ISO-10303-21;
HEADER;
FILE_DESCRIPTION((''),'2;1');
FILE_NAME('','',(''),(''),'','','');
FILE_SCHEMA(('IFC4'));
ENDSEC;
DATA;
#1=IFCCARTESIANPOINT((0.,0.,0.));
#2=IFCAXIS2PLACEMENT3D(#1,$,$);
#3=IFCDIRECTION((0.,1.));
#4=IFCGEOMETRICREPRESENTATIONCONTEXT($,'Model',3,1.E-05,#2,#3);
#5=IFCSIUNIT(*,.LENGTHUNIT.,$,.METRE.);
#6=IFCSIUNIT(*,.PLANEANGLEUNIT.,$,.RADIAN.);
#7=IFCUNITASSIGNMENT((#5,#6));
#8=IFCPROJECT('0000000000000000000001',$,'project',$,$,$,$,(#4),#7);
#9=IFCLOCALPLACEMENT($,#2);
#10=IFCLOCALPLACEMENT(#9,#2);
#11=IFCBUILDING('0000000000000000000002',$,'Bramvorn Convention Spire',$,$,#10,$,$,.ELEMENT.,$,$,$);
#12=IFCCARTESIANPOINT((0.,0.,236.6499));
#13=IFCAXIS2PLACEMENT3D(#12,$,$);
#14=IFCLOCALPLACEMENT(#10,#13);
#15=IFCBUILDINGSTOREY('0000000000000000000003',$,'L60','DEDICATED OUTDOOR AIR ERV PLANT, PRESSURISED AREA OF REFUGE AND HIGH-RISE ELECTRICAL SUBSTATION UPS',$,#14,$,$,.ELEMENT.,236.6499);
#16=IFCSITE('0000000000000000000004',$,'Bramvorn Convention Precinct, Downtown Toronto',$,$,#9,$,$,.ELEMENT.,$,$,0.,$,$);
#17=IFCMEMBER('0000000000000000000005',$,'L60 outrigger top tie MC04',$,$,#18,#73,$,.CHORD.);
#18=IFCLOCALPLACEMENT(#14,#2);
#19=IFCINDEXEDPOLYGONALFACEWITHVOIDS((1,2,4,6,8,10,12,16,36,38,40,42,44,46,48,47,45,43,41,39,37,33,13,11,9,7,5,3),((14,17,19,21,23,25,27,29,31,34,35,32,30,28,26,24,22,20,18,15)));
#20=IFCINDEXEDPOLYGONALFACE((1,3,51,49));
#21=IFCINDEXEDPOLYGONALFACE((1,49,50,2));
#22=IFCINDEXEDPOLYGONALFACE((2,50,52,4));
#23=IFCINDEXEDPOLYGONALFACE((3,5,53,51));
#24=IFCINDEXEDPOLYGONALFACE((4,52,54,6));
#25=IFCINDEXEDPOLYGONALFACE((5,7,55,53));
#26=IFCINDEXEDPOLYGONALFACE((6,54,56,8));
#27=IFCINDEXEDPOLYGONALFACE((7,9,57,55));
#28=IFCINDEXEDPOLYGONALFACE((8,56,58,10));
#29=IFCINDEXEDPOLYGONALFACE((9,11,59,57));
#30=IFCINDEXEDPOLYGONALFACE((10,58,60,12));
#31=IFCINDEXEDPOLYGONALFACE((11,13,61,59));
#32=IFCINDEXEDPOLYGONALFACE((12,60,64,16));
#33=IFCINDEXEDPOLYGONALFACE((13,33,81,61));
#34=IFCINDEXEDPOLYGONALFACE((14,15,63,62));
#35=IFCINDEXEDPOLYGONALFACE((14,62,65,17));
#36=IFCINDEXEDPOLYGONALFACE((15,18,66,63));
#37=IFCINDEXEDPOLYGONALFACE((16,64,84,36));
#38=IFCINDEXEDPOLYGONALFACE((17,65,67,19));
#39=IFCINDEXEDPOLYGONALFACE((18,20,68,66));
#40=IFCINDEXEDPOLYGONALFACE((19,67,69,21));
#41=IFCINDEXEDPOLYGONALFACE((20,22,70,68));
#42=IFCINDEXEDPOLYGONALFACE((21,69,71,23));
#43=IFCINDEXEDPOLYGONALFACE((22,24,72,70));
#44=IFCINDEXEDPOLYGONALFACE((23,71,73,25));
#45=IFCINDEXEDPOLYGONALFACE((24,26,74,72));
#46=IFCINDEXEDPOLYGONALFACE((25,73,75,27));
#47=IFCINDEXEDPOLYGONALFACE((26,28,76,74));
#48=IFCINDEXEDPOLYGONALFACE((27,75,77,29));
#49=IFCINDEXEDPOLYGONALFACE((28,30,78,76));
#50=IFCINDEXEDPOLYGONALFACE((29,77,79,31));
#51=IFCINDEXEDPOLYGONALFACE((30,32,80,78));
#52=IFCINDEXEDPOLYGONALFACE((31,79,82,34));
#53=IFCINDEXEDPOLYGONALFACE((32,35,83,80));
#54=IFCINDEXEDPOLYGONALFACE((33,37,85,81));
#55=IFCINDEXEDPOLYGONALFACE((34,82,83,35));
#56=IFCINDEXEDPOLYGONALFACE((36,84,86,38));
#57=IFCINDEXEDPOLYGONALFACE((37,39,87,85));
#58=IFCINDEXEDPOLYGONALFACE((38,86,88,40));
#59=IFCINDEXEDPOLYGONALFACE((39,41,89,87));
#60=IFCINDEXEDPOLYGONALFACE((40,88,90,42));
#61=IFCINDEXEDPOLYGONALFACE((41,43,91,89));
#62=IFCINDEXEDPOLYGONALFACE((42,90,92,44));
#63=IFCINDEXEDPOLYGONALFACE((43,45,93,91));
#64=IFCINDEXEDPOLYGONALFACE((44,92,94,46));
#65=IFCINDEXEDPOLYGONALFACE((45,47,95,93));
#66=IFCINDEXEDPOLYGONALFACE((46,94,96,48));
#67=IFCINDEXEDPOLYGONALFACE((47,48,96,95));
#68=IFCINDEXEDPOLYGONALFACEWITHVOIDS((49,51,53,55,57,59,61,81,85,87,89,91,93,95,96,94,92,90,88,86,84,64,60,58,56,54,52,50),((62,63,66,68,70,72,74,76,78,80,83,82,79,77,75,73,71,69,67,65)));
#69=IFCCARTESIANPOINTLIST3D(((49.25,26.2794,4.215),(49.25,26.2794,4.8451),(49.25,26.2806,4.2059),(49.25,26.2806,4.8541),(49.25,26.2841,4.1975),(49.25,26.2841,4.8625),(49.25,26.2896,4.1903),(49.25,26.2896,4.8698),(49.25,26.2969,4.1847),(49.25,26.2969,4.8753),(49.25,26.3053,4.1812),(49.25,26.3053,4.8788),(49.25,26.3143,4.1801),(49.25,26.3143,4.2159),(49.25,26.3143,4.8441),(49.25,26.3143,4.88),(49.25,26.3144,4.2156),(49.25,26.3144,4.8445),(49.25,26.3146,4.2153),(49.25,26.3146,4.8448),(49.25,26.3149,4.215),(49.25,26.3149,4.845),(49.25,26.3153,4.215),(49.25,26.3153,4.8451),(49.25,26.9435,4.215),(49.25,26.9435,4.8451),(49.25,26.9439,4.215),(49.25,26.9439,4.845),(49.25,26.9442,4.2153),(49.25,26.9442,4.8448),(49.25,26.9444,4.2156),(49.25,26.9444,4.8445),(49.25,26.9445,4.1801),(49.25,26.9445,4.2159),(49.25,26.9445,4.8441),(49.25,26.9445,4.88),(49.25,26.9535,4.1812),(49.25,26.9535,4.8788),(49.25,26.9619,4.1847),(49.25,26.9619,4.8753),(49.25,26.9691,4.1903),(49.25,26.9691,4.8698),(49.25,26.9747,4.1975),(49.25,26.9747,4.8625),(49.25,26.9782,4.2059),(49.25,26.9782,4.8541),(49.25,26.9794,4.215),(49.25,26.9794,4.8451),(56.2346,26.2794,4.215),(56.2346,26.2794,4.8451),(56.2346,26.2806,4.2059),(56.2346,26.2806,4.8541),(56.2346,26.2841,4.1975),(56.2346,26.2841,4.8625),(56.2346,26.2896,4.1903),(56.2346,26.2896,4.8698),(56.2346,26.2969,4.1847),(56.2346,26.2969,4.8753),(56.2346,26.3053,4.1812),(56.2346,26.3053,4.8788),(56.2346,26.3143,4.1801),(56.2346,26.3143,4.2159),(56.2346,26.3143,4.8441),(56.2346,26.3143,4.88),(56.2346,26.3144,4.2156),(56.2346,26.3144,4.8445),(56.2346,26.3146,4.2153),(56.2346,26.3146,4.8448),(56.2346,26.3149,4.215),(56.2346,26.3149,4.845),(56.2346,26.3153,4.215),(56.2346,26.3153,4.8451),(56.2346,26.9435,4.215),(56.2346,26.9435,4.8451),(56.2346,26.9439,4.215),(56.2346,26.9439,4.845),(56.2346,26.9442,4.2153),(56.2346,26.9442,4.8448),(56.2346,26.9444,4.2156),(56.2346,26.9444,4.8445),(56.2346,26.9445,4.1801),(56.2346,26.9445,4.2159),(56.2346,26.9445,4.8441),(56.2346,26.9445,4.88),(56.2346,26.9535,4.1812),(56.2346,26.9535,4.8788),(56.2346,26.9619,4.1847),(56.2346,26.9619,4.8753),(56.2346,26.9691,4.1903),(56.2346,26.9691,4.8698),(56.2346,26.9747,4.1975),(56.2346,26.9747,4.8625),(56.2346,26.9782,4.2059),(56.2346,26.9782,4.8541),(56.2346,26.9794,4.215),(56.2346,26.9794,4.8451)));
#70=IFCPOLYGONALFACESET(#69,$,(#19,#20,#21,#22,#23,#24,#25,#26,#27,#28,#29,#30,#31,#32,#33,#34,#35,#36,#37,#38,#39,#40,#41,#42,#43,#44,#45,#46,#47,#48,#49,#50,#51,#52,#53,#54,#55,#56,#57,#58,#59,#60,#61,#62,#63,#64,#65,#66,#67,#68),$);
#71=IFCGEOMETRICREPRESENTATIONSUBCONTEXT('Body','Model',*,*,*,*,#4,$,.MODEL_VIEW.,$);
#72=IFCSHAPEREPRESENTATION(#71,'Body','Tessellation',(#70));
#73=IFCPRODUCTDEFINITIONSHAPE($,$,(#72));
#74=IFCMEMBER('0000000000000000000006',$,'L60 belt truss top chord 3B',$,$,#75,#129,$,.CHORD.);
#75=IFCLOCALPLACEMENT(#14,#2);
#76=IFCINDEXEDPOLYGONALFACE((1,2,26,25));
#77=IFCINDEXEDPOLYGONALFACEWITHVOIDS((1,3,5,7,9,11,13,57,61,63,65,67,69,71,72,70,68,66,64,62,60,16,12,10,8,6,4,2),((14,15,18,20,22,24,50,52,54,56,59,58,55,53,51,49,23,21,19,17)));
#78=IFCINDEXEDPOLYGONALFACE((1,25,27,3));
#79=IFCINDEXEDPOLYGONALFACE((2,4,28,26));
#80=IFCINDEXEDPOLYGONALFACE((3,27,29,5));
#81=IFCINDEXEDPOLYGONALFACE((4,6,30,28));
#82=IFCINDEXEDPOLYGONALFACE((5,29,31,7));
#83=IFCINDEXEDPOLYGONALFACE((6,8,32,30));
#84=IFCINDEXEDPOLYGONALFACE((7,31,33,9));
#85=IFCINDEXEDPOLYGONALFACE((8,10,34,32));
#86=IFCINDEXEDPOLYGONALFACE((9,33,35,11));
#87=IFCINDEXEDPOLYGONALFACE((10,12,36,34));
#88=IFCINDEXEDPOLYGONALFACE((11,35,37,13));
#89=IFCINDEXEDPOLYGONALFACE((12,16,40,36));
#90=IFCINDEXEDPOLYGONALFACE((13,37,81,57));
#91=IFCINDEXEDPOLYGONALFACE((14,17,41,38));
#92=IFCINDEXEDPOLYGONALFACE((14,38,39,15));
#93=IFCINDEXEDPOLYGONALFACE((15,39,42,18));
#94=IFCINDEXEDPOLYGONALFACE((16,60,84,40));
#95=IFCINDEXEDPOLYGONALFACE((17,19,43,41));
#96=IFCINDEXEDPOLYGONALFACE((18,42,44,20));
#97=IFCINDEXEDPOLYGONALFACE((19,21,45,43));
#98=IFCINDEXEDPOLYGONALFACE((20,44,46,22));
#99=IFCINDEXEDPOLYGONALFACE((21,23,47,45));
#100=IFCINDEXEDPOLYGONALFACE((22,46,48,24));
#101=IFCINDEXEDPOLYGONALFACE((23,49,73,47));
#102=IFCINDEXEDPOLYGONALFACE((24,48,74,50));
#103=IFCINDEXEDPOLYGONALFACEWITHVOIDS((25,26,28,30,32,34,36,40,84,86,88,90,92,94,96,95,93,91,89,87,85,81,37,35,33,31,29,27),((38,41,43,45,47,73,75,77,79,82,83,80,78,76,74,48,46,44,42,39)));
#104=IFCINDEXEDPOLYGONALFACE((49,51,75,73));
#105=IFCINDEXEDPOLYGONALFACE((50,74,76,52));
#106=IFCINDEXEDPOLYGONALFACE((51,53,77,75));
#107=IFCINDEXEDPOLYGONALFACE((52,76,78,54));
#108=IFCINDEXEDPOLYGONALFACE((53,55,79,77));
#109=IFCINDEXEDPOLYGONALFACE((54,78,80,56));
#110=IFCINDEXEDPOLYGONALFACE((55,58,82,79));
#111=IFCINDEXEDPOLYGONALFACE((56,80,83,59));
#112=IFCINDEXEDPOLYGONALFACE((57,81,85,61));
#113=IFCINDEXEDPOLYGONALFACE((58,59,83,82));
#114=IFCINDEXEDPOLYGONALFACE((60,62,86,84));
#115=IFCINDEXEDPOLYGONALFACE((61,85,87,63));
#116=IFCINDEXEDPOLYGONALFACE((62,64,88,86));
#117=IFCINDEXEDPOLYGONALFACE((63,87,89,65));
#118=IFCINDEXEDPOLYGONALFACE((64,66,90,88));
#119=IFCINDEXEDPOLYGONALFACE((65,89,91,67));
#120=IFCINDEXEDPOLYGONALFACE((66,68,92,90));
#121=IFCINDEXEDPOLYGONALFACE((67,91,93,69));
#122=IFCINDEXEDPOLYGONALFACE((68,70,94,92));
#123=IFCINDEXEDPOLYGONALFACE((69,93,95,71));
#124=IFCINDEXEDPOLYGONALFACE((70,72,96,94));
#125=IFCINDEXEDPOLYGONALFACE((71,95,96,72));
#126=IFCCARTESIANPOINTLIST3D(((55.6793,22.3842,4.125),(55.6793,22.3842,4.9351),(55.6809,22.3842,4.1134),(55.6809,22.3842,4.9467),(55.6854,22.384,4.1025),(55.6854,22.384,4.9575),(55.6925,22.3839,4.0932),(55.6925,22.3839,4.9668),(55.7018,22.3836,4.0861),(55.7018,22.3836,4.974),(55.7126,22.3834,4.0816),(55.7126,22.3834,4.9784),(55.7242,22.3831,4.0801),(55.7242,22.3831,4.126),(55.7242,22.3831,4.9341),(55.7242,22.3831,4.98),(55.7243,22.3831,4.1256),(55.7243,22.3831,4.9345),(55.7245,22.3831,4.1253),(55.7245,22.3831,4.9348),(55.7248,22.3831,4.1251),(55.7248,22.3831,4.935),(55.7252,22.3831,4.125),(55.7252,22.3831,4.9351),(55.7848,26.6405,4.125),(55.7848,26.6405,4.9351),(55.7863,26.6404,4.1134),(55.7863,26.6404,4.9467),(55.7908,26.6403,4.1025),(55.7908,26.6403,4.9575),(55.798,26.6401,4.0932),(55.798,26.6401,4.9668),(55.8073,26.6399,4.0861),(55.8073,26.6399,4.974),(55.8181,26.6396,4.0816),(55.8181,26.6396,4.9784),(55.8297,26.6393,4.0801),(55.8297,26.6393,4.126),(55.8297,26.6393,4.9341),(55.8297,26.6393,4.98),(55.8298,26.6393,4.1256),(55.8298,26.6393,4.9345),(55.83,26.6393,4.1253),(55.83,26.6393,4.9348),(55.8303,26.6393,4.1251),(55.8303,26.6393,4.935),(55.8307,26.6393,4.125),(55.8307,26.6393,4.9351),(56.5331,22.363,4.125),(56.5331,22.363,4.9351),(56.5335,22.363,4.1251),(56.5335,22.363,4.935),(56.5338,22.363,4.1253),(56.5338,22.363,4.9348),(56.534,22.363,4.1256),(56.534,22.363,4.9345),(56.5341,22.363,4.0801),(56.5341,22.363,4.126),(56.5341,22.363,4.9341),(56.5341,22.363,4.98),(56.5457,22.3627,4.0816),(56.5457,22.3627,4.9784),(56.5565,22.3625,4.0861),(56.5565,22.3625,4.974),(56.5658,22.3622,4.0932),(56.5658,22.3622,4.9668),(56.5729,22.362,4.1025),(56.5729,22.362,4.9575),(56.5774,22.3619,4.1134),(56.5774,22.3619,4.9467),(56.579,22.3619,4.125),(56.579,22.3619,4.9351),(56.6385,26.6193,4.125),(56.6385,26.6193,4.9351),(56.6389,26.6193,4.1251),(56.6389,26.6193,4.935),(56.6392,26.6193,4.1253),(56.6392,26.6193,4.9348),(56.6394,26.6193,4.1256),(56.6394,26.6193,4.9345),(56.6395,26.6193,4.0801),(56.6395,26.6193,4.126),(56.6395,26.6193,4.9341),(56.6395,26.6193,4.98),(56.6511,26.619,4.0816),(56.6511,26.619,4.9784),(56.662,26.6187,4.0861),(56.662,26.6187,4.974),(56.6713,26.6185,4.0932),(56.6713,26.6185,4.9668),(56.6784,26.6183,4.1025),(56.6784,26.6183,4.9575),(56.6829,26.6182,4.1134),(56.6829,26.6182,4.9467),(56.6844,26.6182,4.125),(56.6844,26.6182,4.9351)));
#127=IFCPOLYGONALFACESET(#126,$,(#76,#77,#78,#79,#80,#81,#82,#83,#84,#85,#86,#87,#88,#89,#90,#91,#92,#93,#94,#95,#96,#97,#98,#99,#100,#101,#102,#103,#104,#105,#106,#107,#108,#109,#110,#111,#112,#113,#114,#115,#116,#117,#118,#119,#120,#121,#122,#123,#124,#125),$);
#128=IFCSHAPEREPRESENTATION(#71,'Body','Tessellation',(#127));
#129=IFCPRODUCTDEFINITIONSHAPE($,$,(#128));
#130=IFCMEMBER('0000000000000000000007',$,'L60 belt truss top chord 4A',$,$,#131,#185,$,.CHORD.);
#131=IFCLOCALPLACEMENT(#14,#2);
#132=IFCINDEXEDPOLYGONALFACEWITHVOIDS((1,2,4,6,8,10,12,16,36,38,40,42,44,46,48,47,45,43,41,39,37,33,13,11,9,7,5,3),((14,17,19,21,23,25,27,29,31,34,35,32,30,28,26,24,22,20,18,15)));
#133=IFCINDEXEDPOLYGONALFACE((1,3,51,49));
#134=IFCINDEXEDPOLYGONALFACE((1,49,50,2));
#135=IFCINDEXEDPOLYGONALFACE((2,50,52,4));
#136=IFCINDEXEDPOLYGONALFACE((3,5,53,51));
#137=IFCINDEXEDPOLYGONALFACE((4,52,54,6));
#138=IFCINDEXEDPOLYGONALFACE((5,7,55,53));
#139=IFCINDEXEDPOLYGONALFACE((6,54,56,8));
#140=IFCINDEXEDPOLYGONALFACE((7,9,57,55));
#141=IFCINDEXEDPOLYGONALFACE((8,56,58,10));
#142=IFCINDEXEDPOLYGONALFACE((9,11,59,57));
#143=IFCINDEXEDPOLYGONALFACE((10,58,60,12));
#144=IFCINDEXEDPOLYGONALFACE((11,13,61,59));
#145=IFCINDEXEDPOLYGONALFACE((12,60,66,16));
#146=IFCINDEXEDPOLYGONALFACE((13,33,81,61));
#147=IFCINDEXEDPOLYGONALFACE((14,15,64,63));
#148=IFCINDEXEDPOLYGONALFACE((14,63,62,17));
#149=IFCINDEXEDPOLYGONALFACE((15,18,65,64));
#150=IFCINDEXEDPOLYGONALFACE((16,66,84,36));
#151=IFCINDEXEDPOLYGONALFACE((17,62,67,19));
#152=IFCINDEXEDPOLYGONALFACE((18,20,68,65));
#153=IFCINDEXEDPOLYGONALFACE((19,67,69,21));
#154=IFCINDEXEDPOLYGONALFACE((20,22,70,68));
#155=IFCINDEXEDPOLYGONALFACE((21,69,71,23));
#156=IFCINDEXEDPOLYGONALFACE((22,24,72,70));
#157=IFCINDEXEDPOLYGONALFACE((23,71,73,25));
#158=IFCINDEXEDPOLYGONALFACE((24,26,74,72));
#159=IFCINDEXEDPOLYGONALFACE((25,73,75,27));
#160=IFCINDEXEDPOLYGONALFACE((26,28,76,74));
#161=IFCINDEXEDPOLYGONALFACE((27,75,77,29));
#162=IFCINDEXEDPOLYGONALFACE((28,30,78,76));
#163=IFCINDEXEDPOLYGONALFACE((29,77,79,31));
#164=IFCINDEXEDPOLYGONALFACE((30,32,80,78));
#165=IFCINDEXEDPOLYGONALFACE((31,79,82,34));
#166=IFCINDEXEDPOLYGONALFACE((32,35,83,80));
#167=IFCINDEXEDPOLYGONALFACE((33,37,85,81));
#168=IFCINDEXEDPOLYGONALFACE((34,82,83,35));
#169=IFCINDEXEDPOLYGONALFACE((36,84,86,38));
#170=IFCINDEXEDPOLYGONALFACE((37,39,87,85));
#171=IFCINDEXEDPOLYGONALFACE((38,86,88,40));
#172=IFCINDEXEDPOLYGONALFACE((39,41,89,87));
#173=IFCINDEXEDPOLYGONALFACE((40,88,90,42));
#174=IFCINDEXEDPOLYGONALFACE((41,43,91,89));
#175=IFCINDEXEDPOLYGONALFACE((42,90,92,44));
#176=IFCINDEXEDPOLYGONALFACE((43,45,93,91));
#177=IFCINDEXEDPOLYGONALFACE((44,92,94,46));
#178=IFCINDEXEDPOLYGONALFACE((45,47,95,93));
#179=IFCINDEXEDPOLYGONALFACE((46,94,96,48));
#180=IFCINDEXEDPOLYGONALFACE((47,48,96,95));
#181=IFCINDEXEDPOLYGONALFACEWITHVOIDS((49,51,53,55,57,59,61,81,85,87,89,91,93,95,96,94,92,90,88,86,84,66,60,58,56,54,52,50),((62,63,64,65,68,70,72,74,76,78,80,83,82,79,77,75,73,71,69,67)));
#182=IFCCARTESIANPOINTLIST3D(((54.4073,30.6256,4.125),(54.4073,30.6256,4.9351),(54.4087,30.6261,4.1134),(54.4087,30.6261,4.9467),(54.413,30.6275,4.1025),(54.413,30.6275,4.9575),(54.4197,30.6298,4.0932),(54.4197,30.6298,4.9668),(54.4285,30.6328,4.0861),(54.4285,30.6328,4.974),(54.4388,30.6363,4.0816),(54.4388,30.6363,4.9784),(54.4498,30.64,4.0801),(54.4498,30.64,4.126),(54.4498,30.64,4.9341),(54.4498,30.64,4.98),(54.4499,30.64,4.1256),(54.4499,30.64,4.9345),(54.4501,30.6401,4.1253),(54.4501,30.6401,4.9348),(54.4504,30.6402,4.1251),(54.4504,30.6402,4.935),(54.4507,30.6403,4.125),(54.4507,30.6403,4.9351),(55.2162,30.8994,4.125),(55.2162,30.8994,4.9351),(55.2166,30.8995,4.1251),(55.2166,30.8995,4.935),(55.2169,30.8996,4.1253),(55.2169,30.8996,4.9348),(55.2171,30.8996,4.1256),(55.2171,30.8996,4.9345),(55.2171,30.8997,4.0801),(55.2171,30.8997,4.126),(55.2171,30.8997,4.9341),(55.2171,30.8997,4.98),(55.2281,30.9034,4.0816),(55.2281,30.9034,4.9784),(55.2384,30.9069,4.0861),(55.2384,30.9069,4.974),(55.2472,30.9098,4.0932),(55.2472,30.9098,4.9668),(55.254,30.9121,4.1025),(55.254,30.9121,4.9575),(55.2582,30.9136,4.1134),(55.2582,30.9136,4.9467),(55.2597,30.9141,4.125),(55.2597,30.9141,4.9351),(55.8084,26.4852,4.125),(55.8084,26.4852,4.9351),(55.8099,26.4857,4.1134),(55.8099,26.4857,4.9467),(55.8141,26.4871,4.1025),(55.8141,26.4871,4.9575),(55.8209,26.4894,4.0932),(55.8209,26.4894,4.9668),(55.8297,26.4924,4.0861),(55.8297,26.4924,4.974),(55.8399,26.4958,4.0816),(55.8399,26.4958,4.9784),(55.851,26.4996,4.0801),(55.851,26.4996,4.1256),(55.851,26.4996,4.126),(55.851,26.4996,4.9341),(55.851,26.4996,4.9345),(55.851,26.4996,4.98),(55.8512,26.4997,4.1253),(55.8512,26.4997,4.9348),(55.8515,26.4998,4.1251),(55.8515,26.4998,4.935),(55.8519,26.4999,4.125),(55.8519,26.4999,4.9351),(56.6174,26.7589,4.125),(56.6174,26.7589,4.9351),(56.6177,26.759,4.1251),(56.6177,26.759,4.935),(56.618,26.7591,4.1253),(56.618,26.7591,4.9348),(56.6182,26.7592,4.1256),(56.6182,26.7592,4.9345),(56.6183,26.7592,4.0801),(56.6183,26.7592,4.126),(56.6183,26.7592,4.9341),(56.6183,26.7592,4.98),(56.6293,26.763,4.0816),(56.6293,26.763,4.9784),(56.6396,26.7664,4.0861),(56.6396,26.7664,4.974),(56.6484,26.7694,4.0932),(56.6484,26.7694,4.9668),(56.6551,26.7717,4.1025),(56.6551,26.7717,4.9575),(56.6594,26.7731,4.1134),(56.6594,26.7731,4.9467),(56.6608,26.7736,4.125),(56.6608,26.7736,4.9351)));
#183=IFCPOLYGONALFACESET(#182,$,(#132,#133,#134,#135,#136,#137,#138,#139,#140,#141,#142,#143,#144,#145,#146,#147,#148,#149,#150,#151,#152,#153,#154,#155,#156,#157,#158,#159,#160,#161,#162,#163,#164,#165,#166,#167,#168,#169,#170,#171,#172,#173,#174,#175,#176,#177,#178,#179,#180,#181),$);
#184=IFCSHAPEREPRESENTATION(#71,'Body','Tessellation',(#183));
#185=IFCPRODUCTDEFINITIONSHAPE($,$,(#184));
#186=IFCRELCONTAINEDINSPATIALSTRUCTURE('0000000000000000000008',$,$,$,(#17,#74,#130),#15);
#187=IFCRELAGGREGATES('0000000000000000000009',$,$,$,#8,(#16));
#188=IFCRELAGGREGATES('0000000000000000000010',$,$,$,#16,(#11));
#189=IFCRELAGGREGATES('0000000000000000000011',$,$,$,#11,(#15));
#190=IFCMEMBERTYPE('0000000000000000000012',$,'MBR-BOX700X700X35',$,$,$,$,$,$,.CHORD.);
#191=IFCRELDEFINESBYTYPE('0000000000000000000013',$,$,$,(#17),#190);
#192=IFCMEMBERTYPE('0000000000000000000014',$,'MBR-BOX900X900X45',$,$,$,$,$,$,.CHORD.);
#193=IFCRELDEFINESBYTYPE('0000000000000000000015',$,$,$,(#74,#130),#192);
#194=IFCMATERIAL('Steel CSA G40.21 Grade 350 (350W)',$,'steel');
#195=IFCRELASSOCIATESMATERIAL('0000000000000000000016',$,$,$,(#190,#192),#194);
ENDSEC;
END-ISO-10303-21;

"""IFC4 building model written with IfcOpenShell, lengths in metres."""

from ifc_helpers import new_model, si_unit, direction, frame, origin, origin_2d, place, context, subcontext, project, spatial, hollow_rectangle, extrude, material, material_profile, profile_set, type_object, element, save


model = new_model("IFC4")

# Units and contexts
model_context = context("Model", 3, precision=1e-05, world=origin(), true_north=direction((0.0, 1.0)))
body_context = subcontext(model_context, "Body", "Model", "MODEL_VIEW")
ifc_project = project(units=[si_unit("LENGTHUNIT", "METRE"), si_unit("PLANEANGLEUNIT", "RADIAN")], contexts=[model_context])

# Site, building, storey
site_placement = place(None, origin())
site = spatial("IfcSite", under=ifc_project, at=site_placement, Name="Bramvorn Convention Precinct, Downtown Toronto", CompositionType="ELEMENT", RefElevation=0.0)
building_placement = place(site_placement, origin())
building = spatial("IfcBuilding", under=site, at=building_placement, Name="Bramvorn Convention Spire", CompositionType="ELEMENT")
storey_placement = place(building_placement, frame((0.0, 0.0, 236.6499)))
storey = spatial("IfcBuildingStorey", under=building, at=storey_placement, Name="L60", Description="DEDICATED OUTDOOR AIR ERV PLANT, PRESSURISED AREA OF REFUGE AND HIGH-RISE ELECTRICAL SUBSTATION UPS", CompositionType="ELEMENT", Elevation=236.6499)

# Shared definitions
ifc_material_1 = material(Name="Steel CSA G40.21 Grade 350 (350W)", Category="steel")

# Members
ifc_material_profile_1 = material_profile(ifc_material_1, hollow_rectangle(XDim=0.7, YDim=0.7, WallThickness=0.0349, InnerFilletRadius=0.001, OuterFilletRadius=0.0349, at=origin_2d()))
ifc_profile_set_1 = profile_set([ifc_material_profile_1], Name="Steel CSA G40.21 Grade 350 (350W) - BOX700X700X35")
member_type_1 = type_object("IfcMemberType", Name="MBR-BOX700X700X35", PredefinedType="CHORD", material=ifc_profile_set_1)
member_1_placement = place(storey_placement, frame((49.25, 26.6294, 4.53), z_axis=(1.0, 0.0, 0.0), x_axis=(0.0, 1.0, 0.0)))
element("IfcMember", 1, at=member_1_placement, inside=storey, type_object=member_type_1, Name="L60 outrigger top tie MC04", PredefinedType="CHORD", context=body_context, shape_type="SweptSolid", body=[
    extrude(hollow_rectangle(XDim=0.7, YDim=0.7, WallThickness=0.0349, InnerFilletRadius=0.001, OuterFilletRadius=0.0349, at=origin_2d()), origin(), (0.0, 0.0, 1.0), 6.9846),
])
ifc_material_profile_2 = material_profile(ifc_material_1, hollow_rectangle(XDim=0.8999, YDim=0.8999, WallThickness=0.0449, InnerFilletRadius=0.001, OuterFilletRadius=0.0449, at=origin_2d()))
ifc_profile_set_2 = profile_set([ifc_material_profile_2], Name="Steel CSA G40.21 Grade 350 (350W) - BOX900X900X45")
member_type_2 = type_object("IfcMemberType", Name="MBR-BOX900X900X45", PredefinedType="CHORD", material=ifc_profile_set_2)
member_2_placement = place(storey_placement, frame((56.1292, 22.373, 4.53), z_axis=(0.024772, 0.999693, 0.0), x_axis=(-0.999693, 0.024772, 0.0)))
element("IfcMember", 2, at=member_2_placement, inside=storey, type_object=member_type_2, Name="L60 belt truss top chord 3B", PredefinedType="CHORD", context=body_context, shape_type="SweptSolid", body=[
    extrude(hollow_rectangle(XDim=0.8999, YDim=0.8999, WallThickness=0.0449, InnerFilletRadius=0.001, OuterFilletRadius=0.0449, at=origin_2d()), origin(), (0.0, 0.0, 1.0), 4.2576),
])
member_3_placement = place(storey_placement, frame((56.2346, 26.6294, 4.53), z_axis=(-0.320548, 0.947232, 0.0), x_axis=(-0.947232, -0.320548, 0.0)))
element("IfcMember", 3, at=member_3_placement, inside=storey, type_object=member_type_2, Name="L60 belt truss top chord 4A", PredefinedType="CHORD", context=body_context, shape_type="SweptSolid", body=[
    extrude(hollow_rectangle(XDim=0.8999, YDim=0.8999, WallThickness=0.0449, InnerFilletRadius=0.001, OuterFilletRadius=0.0449, at=origin_2d()), origin(), (0.0, 0.0, 1.0), 4.3711),
])

save(model, "model.ifc")
